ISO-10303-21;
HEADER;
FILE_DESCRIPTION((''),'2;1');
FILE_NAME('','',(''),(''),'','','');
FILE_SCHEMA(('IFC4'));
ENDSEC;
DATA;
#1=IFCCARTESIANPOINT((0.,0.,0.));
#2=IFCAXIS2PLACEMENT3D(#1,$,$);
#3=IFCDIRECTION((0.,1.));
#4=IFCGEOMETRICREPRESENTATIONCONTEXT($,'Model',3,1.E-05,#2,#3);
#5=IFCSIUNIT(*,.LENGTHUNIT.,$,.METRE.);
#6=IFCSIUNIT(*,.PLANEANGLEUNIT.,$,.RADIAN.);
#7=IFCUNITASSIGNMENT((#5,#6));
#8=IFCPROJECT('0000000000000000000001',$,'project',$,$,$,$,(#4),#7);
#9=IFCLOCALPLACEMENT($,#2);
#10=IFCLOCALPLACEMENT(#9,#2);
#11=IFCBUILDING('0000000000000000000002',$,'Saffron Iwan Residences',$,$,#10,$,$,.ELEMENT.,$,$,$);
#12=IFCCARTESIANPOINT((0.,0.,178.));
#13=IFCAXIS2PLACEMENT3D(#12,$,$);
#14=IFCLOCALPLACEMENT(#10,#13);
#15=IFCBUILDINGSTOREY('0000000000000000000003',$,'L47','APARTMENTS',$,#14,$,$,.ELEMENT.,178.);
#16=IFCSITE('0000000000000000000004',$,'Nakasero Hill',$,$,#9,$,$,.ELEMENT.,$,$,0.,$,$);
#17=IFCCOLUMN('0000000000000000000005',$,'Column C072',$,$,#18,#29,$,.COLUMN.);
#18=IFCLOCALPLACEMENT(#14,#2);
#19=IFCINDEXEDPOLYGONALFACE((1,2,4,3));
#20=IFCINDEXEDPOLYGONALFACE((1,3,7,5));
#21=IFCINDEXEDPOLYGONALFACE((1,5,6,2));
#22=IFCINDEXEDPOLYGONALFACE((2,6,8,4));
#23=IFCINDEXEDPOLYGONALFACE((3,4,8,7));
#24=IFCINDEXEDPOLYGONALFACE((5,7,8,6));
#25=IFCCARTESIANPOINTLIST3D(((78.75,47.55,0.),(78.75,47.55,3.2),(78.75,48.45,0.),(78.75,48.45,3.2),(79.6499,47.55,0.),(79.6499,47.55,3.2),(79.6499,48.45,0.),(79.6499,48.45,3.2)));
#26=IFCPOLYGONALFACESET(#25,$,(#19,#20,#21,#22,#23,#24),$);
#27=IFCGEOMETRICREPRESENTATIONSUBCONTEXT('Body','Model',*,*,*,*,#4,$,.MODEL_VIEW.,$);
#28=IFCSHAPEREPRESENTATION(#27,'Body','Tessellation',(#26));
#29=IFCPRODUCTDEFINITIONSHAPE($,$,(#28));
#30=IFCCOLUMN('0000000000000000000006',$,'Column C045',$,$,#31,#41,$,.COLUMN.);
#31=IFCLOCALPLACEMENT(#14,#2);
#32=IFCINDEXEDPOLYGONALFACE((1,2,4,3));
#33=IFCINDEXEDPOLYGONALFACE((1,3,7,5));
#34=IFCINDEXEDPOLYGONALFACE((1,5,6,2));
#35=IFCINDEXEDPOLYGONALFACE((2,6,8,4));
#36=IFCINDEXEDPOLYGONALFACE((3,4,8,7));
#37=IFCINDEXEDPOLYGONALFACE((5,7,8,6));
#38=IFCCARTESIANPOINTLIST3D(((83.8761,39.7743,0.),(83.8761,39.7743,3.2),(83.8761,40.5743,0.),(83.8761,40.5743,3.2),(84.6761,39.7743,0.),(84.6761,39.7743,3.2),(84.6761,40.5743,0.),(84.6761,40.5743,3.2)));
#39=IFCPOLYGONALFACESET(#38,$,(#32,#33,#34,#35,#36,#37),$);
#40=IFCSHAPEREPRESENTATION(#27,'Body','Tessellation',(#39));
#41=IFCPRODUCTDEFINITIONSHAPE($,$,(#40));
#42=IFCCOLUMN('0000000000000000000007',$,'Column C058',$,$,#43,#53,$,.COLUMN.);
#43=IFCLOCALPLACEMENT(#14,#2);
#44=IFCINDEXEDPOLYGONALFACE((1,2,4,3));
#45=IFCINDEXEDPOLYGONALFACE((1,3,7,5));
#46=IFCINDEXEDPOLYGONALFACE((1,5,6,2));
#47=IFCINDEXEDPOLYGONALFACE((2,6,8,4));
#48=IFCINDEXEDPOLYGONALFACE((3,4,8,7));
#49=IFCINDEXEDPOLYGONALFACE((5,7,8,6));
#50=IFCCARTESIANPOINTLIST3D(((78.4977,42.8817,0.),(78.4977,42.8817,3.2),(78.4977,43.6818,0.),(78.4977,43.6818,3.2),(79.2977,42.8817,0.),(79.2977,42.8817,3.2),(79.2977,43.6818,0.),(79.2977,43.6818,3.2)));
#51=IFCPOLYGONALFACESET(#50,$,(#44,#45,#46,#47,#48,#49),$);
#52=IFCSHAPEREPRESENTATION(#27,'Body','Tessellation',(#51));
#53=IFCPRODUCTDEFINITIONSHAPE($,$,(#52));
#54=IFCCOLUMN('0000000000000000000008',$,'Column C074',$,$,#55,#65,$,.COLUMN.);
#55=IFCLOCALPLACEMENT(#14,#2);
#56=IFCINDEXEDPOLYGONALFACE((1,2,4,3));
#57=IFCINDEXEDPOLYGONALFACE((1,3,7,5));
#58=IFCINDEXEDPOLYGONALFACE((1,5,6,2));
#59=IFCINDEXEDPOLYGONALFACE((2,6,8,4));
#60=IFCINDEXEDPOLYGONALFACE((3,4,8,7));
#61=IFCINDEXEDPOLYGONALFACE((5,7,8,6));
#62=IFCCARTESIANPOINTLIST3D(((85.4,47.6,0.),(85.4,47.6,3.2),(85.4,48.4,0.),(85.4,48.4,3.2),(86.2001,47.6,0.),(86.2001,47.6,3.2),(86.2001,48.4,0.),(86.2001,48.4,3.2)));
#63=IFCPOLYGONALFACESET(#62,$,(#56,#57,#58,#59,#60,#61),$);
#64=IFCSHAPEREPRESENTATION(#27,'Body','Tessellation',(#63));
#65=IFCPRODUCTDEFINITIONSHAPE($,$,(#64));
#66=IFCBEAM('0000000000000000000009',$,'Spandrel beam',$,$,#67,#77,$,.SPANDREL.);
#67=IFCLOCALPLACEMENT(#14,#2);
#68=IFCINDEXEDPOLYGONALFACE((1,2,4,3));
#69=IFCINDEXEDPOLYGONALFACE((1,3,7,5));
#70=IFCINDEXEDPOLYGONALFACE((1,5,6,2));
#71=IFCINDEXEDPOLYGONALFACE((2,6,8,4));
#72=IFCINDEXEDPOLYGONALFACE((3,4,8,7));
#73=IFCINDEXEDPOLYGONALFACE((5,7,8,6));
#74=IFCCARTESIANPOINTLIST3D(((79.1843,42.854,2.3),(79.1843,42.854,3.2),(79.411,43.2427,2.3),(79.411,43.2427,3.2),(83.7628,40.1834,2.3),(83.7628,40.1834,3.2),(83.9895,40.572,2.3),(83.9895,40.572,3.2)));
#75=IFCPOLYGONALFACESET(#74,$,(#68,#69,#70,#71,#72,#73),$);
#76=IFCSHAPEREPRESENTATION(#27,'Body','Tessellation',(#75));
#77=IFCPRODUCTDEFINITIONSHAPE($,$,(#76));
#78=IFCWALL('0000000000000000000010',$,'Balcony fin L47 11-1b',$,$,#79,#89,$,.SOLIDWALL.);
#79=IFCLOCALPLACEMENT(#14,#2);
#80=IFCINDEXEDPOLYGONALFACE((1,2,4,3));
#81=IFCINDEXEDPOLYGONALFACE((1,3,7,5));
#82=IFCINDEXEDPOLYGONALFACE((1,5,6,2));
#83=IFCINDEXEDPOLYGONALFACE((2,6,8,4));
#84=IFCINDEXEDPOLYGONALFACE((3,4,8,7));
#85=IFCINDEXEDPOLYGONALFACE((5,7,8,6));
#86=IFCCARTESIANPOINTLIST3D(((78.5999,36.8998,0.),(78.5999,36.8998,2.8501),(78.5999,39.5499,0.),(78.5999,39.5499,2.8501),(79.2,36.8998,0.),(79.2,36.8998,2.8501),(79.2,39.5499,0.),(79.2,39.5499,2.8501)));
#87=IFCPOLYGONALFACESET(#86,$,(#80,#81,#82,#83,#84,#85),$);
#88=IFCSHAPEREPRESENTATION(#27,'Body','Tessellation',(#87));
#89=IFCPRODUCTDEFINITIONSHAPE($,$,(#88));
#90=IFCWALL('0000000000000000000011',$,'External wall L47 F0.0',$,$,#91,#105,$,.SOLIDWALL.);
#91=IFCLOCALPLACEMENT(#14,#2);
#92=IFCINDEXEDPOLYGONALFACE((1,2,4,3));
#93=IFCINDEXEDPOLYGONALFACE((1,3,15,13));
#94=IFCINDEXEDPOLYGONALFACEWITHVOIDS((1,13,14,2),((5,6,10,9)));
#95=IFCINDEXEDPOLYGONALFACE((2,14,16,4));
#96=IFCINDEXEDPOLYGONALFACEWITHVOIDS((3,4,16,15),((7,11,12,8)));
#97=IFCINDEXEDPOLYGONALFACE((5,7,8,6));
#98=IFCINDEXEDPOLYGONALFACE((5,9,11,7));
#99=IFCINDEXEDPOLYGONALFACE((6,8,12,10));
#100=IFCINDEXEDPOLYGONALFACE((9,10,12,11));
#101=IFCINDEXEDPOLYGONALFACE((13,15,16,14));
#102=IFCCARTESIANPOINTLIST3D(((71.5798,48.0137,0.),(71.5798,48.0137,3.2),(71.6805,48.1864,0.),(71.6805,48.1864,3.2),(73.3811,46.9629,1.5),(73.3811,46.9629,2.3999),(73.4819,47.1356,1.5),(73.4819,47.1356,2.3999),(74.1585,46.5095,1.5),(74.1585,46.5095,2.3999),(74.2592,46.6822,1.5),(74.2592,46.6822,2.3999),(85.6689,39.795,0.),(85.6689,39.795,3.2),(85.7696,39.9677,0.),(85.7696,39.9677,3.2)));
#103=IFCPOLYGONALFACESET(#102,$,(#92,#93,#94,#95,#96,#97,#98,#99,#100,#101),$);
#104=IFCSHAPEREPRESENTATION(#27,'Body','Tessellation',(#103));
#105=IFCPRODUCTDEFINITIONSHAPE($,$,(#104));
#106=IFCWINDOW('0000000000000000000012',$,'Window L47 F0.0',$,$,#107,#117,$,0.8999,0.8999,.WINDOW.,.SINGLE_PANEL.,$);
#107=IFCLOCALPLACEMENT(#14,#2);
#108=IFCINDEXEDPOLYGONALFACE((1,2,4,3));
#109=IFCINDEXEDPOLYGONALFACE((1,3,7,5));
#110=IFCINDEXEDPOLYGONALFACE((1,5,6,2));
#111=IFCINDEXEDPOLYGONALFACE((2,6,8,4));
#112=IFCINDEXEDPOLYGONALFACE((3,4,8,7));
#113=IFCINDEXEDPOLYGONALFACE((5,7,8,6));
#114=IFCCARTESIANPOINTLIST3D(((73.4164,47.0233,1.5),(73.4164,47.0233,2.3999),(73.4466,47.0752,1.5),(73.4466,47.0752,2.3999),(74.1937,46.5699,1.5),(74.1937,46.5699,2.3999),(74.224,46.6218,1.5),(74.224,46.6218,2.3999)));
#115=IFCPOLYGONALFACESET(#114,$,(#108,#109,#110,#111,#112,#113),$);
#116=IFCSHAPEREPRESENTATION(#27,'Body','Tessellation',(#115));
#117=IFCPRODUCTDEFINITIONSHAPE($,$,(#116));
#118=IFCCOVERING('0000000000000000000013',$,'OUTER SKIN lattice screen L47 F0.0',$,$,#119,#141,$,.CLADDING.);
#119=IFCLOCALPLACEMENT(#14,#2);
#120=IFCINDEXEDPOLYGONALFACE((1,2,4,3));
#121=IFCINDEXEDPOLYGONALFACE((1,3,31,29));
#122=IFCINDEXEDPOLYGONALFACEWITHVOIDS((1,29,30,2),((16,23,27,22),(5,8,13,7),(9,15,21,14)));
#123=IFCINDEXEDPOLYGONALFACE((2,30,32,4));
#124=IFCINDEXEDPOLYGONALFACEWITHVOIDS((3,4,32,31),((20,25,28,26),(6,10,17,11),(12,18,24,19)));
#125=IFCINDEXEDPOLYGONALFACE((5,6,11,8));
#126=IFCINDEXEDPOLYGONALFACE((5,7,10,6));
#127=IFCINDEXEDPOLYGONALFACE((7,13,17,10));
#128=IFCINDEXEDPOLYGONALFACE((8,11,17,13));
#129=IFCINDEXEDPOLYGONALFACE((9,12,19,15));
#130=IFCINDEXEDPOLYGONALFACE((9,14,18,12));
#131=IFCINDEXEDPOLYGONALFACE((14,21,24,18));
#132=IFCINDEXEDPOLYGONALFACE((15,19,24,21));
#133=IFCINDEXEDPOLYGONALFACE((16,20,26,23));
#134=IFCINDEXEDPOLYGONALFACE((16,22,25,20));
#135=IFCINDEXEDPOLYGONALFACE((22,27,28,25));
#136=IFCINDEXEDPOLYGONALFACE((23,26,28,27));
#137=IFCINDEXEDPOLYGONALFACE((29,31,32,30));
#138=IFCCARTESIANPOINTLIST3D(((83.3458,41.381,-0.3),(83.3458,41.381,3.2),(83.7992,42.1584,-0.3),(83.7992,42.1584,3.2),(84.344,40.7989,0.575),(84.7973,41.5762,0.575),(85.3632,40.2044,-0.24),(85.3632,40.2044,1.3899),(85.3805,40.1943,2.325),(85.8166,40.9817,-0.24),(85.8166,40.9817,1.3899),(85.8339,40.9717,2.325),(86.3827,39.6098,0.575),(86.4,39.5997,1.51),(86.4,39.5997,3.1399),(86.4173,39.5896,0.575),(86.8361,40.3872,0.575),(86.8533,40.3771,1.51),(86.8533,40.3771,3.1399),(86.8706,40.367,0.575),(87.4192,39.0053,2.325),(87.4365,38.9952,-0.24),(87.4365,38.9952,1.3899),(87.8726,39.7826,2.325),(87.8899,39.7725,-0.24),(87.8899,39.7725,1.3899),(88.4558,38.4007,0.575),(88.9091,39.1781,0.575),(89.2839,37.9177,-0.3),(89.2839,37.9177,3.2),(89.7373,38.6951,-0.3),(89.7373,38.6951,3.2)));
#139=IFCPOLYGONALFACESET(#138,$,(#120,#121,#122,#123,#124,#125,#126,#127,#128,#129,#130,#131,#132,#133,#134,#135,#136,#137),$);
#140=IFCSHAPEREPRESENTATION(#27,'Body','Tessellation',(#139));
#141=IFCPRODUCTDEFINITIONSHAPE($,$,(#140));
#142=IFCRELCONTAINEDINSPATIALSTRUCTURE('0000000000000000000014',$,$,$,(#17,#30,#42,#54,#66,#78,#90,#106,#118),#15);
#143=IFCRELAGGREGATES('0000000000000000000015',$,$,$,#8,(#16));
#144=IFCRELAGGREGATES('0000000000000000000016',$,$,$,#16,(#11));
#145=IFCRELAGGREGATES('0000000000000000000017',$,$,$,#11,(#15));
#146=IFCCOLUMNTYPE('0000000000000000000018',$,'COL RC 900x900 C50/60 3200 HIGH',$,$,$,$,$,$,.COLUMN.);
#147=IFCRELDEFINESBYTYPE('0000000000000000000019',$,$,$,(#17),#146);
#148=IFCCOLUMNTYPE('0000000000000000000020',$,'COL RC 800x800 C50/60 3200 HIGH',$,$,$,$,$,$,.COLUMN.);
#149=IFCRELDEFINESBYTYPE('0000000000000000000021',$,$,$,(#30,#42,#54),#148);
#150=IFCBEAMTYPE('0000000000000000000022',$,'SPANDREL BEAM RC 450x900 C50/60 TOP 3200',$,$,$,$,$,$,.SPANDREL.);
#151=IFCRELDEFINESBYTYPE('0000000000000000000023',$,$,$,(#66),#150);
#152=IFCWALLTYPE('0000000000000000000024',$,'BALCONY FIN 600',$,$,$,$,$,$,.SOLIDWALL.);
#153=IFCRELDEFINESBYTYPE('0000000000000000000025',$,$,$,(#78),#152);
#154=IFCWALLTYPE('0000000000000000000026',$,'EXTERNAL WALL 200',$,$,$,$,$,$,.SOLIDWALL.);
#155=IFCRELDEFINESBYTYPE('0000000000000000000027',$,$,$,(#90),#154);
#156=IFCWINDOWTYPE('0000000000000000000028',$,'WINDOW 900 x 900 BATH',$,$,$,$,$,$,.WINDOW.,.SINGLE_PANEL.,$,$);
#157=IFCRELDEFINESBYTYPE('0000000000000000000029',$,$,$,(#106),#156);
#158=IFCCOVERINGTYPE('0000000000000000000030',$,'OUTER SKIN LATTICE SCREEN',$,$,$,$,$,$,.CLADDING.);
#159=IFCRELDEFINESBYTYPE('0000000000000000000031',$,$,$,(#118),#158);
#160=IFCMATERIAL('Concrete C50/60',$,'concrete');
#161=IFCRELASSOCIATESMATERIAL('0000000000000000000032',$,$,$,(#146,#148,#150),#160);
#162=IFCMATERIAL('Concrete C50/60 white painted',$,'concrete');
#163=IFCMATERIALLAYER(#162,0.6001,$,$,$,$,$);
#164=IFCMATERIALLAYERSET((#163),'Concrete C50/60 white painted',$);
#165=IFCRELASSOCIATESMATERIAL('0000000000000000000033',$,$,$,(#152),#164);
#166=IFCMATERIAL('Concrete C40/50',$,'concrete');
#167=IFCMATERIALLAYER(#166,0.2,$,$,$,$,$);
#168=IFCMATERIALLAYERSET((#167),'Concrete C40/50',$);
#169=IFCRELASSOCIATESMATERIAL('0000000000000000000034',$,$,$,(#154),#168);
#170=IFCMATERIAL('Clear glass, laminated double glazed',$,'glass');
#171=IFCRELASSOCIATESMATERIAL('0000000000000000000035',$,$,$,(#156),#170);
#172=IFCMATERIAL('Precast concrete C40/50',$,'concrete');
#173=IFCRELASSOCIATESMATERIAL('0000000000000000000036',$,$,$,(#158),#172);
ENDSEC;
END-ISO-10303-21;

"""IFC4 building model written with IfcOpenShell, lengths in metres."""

from ifc_helpers import new_model, si_unit, direction, frame, frame_2d, origin, origin_2d, place, context, subcontext, project, spatial, polyline, rectangle, outline, extrude, source, transform, mapped, material, layer, layer_set, material_profile, profile_set, type_object, element, fill, save


model = new_model("IFC4")

# Units and contexts
model_context = context("Model", 3, precision=1e-05, world=origin(), true_north=direction((0.0, 1.0)))
body_context = subcontext(model_context, "Body", "Model", "MODEL_VIEW")
ifc_project = project(units=[si_unit("LENGTHUNIT", "METRE"), si_unit("PLANEANGLEUNIT", "RADIAN")], contexts=[model_context])

# Site, building, storey
site_placement = place(None, origin())
site = spatial("IfcSite", under=ifc_project, at=site_placement, Name="Nakasero Hill", CompositionType="ELEMENT", RefElevation=0.0)
building_placement = place(site_placement, origin())
building = spatial("IfcBuilding", under=site, at=building_placement, Name="Saffron Iwan Residences", CompositionType="ELEMENT")
storey_placement = place(building_placement, frame((0.0, 0.0, 178.0)))
storey = spatial("IfcBuildingStorey", under=building, at=storey_placement, Name="L47", Description="APARTMENTS", CompositionType="ELEMENT", Elevation=178.0)

# Columns
ifc_material_1 = material(Name="Concrete C50/60", Category="concrete")
ifc_material_profile_1 = material_profile(ifc_material_1, rectangle(XDim=0.8999, YDim=0.8999, at=origin_2d()), Name="RC 900x900")
ifc_profile_set_1 = profile_set([ifc_material_profile_1], Name="Concrete C50/60")
column_type_1 = type_object("IfcColumnType", Name="COL RC 900x900 C50/60 3200 HIGH", PredefinedType="COLUMN", material=ifc_profile_set_1)
shared_shape_1 = source(origin(), body_context, "Body", "SweptSolid", [
    extrude(rectangle(XDim=0.8999, YDim=0.8999, at=origin_2d()), origin(), (0.0, 0.0, 1.0), 3.2),
])
column_placement = place(storey_placement, frame((79.2, 48.0, 0.0), z_axis=(0.0, 0.0, 1.0), x_axis=(1.0, 0.0, 0.0)))
element("IfcColumn", 1, at=column_placement, inside=storey, type_object=column_type_1, Name="Column C072", PredefinedType="COLUMN", context=body_context, shape_type="MappedRepresentation", body=[
    mapped(shared_shape_1, transform((0.0, 0.0, 0.0))),
])
ifc_material_profile_2 = material_profile(ifc_material_1, rectangle(XDim=0.8, YDim=0.8, at=origin_2d()), Name="RC 800x800")
ifc_profile_set_2 = profile_set([ifc_material_profile_2], Name="Concrete C50/60")
column_type_2 = type_object("IfcColumnType", Name="COL RC 800x800 C50/60 3200 HIGH", PredefinedType="COLUMN", material=ifc_profile_set_2)
shared_shape_2 = source(origin(), body_context, "Body", "SweptSolid", [
    extrude(rectangle(XDim=0.8, YDim=0.8, at=origin_2d()), origin(), (0.0, 0.0, 1.0), 3.2),
])
for number, where, z_axis, x_axis, name in (
    (2, (84.2761, 40.1743, 0.0), (0.0, 0.0, 1.0), (1.0, 0.0, 0.0), "Column C045"),
    (3, (78.8977, 43.2817, 0.0), (0.0, 0.0, 1.0), (1.0, 0.0, 0.0), "Column C058"),
    (4, (85.8, 48.0, 0.0), (0.0, 0.0, 1.0), (1.0, 0.0, 0.0), "Column C074"),
):
    element("IfcColumn", number, at=place(storey_placement, frame(where, z_axis=z_axis, x_axis=x_axis)), inside=storey, type_object=column_type_2, Name=name, PredefinedType="COLUMN", context=body_context, shape_type="MappedRepresentation", body=[
        mapped(shared_shape_2, transform((0.0, 0.0, 0.0))),
    ])

# Beam
ifc_material_profile_3 = material_profile(ifc_material_1, rectangle(XDim=0.45, YDim=0.8999, at=origin_2d()), Name="RC 450x900")
ifc_profile_set_3 = profile_set([ifc_material_profile_3], Name="Concrete C50/60")
beam_type = type_object("IfcBeamType", Name="SPANDREL BEAM RC 450x900 C50/60 TOP 3200", PredefinedType="SPANDREL", material=ifc_profile_set_3)
shared_shape_3 = source(origin(), body_context, "Body", "SweptSolid", [
    extrude(rectangle(XDim=0.45, YDim=0.8999, at=origin_2d()), origin(), (0.0, 0.0, 1.0), 5.3005),
])
beam_placement = place(storey_placement, frame((79.2976, 43.0483, 2.75), z_axis=(0.863796, -0.503842, 0.0), x_axis=(0.503842, 0.863796, 0.0)))
element("IfcBeam", 5, at=beam_placement, inside=storey, type_object=beam_type, Name="Spandrel beam", PredefinedType="SPANDREL", context=body_context, shape_type="MappedRepresentation", body=[
    mapped(shared_shape_3, transform((0.0, 0.0, 0.0))),
])

# Wall
ifc_material_2 = material(Name="Concrete C50/60 white painted", Category="concrete")
ifc_layer_1 = layer(ifc_material_2, 0.6001)
ifc_layer_set_1 = layer_set([ifc_layer_1], Name="Concrete C50/60 white painted")
wall_type_1 = type_object("IfcWallType", Name="BALCONY FIN 600", PredefinedType="SOLIDWALL", material=ifc_layer_set_1)
wall_1_placement = place(storey_placement, frame((78.8999, 39.55, 0.0), z_axis=(0.0, 0.0, 1.0), x_axis=(0.0, -1.0, 0.0)))
element("IfcWall", 6, at=wall_1_placement, inside=storey, type_object=wall_type_1, Name="Balcony fin L47 11-1b", PredefinedType="SOLIDWALL", context=body_context, shape_type="SweptSolid", body=[
    extrude(rectangle(XDim=2.6501, YDim=0.6001, at=frame_2d((1.3252, 0.0))), origin(), (0.0, 0.0, 1.0), 2.8501),
])

# Wall, opening, window
ifc_material_3 = material(Name="Concrete C40/50", Category="concrete")
ifc_layer_2 = layer(ifc_material_3, 0.2)
ifc_layer_set_2 = layer_set([ifc_layer_2], Name="Concrete C40/50")
wall_type_2 = type_object("IfcWallType", Name="EXTERNAL WALL 200", PredefinedType="SOLIDWALL", material=ifc_layer_set_2)
wall_2_placement = place(storey_placement, frame((85.7192, 39.8813, 0.0), z_axis=(0.0, 0.0, 1.0), x_axis=(-0.863776, 0.503876, 0.0)))
wall_2 = element("IfcWall", 7, at=wall_2_placement, inside=storey, type_object=wall_type_2, Name="External wall L47 F0.0", PredefinedType="SOLIDWALL", context=body_context, shape_type="SweptSolid", body=[
    extrude(rectangle(XDim=16.311, YDim=0.2, at=frame_2d((8.1555, 0.0))), origin(), (0.0, 0.0, 1.0), 3.2),
])
opening_placement = place(wall_2_placement, frame((13.3257, 0.0, 1.5)))
opening = element("IfcOpeningElement", 8, at=opening_placement, cuts=wall_2, PredefinedType="OPENING", context=body_context, shape_type="SweptSolid", body=[
    extrude(rectangle(XDim=0.8999, YDim=0.8999, at=frame_2d((0.45, 0.45))), frame((0.0, 0.1099, 0.0), z_axis=(0.0, -1.0, 0.0), x_axis=(1.0, 0.0, 0.0)), (0.0, 0.0, 1.0), 0.22),
])
ifc_material_4 = material(Name="Clear glass, laminated double glazed", Category="glass")
window_type = type_object("IfcWindowType", Name="WINDOW 900 x 900 BATH", PartitioningType="SINGLE_PANEL", PredefinedType="WINDOW", material=ifc_material_4)
window_placement = place(opening_placement, origin())
window = element("IfcWindow", 9, at=window_placement, inside=storey, type_object=window_type, Name="Window L47 F0.0", OverallHeight=0.8999, OverallWidth=0.8999, PartitioningType="SINGLE_PANEL", PredefinedType="WINDOW", context=body_context, shape_type="SweptSolid", body=[
    extrude(rectangle(XDim=0.8999, YDim=0.8999, at=frame_2d((0.45, 0.45))), frame((0.0, 0.03, 0.0), z_axis=(0.0, -1.0, 0.0), x_axis=(1.0, 0.0, 0.0)), (0.0, 0.0, 1.0), 0.0601),
])
fill(opening, window)

# Covering
ifc_material_5 = material(Name="Precast concrete C40/50", Category="concrete")
covering_type = type_object("IfcCoveringType", Name="OUTER SKIN LATTICE SCREEN", PredefinedType="CLADDING", material=ifc_material_5)
covering_1_placement = place(storey_placement, frame((89.2839, 37.9177, -0.3), z_axis=(0.503804, 0.863818, 0.0), x_axis=(-0.863818, 0.503804, 0.0)))
element("IfcCovering", 10, at=covering_1_placement, inside=storey, type_object=covering_type, Name="OUTER SKIN lattice screen L47 F0.0", PredefinedType="CLADDING", context=body_context, shape_type="SweptSolid", body=[
    extrude(outline(polyline([(0.0, 0.0), (6.8743, 0.0), (6.8743, 3.5), (0.0, 3.5), (0.0, 0.0)]), holes=[polyline([(0.9587, 0.875), (2.1387, 0.0601), (3.3186, 0.875), (2.1387, 1.6899), (0.9587, 0.875)]), polyline([(3.3586, 0.875), (4.5388, 0.0601), (5.7188, 0.875), (4.5388, 1.6899), (3.3586, 0.875)]), polyline([(2.1587, 2.625), (3.3386, 1.8101), (4.5188, 2.625), (3.3386, 3.4399), (2.1587, 2.625)])]), origin(), (0.0, 0.0, 1.0), 0.8999),
])

save(model, "model.ifc")
